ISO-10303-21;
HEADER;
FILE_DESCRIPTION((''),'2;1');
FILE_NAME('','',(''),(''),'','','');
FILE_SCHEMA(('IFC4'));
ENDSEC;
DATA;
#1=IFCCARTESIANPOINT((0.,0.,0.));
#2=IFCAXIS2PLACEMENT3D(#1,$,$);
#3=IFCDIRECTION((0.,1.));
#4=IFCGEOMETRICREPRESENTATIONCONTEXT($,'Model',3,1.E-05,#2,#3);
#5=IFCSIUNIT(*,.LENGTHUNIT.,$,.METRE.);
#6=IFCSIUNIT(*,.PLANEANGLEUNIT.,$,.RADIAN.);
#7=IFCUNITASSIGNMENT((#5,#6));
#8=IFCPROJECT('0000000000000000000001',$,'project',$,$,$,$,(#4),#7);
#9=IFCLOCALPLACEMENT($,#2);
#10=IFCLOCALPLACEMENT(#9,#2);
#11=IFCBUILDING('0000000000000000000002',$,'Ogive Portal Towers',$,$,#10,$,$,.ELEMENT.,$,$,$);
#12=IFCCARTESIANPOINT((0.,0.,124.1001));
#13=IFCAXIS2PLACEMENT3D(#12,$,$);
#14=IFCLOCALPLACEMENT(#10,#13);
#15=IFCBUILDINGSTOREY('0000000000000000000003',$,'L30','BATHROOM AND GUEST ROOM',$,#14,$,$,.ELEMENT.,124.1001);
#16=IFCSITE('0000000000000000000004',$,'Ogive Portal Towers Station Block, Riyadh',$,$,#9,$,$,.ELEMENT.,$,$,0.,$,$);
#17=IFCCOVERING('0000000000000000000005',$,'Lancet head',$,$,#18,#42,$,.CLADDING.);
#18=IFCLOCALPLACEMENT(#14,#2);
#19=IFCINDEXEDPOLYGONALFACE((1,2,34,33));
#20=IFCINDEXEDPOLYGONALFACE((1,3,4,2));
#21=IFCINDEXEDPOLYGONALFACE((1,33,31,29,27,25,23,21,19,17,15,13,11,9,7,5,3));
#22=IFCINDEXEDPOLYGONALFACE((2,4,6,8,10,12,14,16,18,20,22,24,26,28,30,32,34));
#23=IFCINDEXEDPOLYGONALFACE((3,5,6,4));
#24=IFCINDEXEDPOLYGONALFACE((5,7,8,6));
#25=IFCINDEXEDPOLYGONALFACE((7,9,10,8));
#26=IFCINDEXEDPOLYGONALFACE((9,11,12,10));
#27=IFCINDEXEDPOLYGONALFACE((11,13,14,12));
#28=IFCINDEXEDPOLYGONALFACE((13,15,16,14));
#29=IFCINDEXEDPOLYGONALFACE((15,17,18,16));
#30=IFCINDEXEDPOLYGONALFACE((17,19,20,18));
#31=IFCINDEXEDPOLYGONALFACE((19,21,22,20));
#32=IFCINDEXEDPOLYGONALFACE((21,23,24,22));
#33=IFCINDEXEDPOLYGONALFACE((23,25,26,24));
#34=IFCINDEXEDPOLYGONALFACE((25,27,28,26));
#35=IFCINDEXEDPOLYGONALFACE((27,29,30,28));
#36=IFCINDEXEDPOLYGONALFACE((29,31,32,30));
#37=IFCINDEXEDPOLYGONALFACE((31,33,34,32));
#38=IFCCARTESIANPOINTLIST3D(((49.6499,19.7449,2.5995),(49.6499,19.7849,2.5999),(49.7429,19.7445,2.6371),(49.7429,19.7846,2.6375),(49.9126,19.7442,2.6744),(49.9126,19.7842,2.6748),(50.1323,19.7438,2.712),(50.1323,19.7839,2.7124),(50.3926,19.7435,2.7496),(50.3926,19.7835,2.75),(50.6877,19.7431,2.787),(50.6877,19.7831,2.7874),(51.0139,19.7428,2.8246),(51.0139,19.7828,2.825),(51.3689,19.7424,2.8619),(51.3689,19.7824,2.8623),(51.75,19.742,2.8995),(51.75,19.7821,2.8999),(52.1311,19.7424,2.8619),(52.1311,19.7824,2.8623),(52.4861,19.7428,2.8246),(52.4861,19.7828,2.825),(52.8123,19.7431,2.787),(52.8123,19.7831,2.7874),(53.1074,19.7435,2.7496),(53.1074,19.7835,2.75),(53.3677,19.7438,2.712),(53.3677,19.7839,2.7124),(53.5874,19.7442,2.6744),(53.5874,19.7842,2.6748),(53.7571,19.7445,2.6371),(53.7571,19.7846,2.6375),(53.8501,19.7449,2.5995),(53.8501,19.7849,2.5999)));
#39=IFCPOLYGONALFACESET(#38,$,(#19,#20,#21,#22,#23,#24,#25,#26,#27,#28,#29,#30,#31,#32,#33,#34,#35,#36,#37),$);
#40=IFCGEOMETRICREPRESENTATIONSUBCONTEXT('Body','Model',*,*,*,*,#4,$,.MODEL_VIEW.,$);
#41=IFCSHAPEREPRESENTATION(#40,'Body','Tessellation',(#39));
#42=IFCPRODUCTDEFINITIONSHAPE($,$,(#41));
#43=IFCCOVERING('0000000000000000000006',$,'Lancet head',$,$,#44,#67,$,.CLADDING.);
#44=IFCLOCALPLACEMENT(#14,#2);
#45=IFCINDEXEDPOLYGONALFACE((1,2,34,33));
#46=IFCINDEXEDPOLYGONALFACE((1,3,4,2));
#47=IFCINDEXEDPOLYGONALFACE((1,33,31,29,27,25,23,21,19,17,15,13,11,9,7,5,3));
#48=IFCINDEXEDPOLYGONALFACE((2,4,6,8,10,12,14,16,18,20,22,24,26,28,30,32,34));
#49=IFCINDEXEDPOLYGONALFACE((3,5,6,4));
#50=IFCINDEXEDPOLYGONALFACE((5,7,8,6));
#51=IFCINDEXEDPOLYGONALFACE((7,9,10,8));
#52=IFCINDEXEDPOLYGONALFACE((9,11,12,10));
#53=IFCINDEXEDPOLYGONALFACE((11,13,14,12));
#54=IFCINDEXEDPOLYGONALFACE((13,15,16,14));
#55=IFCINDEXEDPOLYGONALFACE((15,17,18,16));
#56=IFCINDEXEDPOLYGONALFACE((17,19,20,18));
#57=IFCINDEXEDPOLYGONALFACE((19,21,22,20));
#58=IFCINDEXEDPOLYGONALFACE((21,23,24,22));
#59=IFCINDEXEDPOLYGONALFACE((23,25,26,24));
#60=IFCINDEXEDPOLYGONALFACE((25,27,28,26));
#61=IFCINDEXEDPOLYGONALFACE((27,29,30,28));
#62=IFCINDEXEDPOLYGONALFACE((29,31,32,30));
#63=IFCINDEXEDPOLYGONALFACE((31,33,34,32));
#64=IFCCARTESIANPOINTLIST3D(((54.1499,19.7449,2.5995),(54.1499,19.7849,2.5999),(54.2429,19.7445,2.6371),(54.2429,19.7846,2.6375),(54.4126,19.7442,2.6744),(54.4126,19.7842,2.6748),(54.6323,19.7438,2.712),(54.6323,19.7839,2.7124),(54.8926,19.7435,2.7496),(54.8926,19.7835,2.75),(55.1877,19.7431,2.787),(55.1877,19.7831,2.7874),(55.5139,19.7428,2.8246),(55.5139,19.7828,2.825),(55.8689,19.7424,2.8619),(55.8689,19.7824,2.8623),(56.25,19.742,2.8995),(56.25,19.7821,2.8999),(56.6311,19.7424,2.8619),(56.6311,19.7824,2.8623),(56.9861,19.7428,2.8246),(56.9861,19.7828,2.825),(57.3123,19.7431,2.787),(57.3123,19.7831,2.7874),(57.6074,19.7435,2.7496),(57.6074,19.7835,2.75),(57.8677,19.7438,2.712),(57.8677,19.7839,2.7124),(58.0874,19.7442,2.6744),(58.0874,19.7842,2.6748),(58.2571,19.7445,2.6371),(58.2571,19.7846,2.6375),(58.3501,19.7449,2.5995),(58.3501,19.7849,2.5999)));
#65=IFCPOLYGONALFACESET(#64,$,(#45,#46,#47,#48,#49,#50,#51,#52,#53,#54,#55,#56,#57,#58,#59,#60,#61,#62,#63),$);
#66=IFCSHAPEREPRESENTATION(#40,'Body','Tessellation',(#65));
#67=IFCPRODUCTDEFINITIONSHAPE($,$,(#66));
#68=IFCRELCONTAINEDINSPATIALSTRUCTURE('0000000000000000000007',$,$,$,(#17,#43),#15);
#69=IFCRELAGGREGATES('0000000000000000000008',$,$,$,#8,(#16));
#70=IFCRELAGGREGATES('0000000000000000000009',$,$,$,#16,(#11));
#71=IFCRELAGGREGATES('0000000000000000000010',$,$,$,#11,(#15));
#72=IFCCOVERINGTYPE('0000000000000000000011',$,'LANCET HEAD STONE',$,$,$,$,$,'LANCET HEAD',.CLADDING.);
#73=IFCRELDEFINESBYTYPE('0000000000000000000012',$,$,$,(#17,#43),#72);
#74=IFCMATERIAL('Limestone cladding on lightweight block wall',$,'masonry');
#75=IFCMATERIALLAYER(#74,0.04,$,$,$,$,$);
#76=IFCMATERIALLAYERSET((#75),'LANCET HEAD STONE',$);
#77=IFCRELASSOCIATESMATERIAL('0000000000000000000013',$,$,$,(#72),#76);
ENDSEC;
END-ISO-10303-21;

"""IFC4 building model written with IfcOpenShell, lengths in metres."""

from ifc_helpers import new_model, si_unit, direction, frame, origin, place, context, subcontext, project, spatial, polyline, outline, extrude, material, layer, layer_set, type_object, element, save


model = new_model("IFC4")

# Units and contexts
model_context = context("Model", 3, precision=1e-05, world=origin(), true_north=direction((0.0, 1.0)))
body_context = subcontext(model_context, "Body", "Model", "MODEL_VIEW")
ifc_project = project(units=[si_unit("LENGTHUNIT", "METRE"), si_unit("PLANEANGLEUNIT", "RADIAN")], contexts=[model_context])

# Site, building, storey
site_placement = place(None, origin())
site = spatial("IfcSite", under=ifc_project, at=site_placement, Name="Ogive Portal Towers Station Block, Riyadh", CompositionType="ELEMENT", RefElevation=0.0)
building_placement = place(site_placement, origin())
building = spatial("IfcBuilding", under=site, at=building_placement, Name="Ogive Portal Towers", CompositionType="ELEMENT")
storey_placement = place(building_placement, frame((0.0, 0.0, 124.1001)))
storey = spatial("IfcBuildingStorey", under=building, at=storey_placement, Name="L30", Description="BATHROOM AND GUEST ROOM", CompositionType="ELEMENT", Elevation=124.1001)

# Coverings
ifc_material_1 = material(Name="Limestone cladding on lightweight block wall", Category="masonry")
ifc_layer_1 = layer(ifc_material_1, 0.04)
ifc_layer_set_1 = layer_set([ifc_layer_1], Name="LANCET HEAD STONE")
covering_type = type_object("IfcCoveringType", Name="LANCET HEAD STONE", ElementType="LANCET HEAD", PredefinedType="CLADDING", material=ifc_layer_set_1)
for number, where, z_axis, x_axis, name in (
    (1, (49.6499, 19.7849, 2.5999), (0.0, 0.999956, 0.009423), (1.0, 0.0, 0.0), "Lancet head"),
    (2, (54.1499, 19.7849, 2.5999), (0.0, 0.999956, 0.009423), (1.0, 0.0, 0.0), "Lancet head"),
):
    element("IfcCovering", number, at=place(storey_placement, frame(where, z_axis=z_axis, x_axis=x_axis)), inside=storey, type_object=covering_type, Name=name, PredefinedType="CLADDING", context=body_context, shape_type="SweptSolid", body=[
        extrude(outline(polyline([(0.0, 0.0), (4.2002, 0.0), (4.1072, -0.0376), (3.9375, -0.075), (3.7178, -0.1126), (3.4575, -0.1502), (3.1624, -0.1875), (2.8362, -0.2251), (2.4812, -0.2625), (2.1001, -0.3001), (1.719, -0.2625), (1.364, -0.2251), (1.0378, -0.1875), (0.7427, -0.1502), (0.4824, -0.1126), (0.2627, -0.075), (0.093, -0.0376), (0.0, 0.0)])), origin(), (0.0, 0.0, -1.0), 0.04),
    ])

save(model, "model.ifc")
